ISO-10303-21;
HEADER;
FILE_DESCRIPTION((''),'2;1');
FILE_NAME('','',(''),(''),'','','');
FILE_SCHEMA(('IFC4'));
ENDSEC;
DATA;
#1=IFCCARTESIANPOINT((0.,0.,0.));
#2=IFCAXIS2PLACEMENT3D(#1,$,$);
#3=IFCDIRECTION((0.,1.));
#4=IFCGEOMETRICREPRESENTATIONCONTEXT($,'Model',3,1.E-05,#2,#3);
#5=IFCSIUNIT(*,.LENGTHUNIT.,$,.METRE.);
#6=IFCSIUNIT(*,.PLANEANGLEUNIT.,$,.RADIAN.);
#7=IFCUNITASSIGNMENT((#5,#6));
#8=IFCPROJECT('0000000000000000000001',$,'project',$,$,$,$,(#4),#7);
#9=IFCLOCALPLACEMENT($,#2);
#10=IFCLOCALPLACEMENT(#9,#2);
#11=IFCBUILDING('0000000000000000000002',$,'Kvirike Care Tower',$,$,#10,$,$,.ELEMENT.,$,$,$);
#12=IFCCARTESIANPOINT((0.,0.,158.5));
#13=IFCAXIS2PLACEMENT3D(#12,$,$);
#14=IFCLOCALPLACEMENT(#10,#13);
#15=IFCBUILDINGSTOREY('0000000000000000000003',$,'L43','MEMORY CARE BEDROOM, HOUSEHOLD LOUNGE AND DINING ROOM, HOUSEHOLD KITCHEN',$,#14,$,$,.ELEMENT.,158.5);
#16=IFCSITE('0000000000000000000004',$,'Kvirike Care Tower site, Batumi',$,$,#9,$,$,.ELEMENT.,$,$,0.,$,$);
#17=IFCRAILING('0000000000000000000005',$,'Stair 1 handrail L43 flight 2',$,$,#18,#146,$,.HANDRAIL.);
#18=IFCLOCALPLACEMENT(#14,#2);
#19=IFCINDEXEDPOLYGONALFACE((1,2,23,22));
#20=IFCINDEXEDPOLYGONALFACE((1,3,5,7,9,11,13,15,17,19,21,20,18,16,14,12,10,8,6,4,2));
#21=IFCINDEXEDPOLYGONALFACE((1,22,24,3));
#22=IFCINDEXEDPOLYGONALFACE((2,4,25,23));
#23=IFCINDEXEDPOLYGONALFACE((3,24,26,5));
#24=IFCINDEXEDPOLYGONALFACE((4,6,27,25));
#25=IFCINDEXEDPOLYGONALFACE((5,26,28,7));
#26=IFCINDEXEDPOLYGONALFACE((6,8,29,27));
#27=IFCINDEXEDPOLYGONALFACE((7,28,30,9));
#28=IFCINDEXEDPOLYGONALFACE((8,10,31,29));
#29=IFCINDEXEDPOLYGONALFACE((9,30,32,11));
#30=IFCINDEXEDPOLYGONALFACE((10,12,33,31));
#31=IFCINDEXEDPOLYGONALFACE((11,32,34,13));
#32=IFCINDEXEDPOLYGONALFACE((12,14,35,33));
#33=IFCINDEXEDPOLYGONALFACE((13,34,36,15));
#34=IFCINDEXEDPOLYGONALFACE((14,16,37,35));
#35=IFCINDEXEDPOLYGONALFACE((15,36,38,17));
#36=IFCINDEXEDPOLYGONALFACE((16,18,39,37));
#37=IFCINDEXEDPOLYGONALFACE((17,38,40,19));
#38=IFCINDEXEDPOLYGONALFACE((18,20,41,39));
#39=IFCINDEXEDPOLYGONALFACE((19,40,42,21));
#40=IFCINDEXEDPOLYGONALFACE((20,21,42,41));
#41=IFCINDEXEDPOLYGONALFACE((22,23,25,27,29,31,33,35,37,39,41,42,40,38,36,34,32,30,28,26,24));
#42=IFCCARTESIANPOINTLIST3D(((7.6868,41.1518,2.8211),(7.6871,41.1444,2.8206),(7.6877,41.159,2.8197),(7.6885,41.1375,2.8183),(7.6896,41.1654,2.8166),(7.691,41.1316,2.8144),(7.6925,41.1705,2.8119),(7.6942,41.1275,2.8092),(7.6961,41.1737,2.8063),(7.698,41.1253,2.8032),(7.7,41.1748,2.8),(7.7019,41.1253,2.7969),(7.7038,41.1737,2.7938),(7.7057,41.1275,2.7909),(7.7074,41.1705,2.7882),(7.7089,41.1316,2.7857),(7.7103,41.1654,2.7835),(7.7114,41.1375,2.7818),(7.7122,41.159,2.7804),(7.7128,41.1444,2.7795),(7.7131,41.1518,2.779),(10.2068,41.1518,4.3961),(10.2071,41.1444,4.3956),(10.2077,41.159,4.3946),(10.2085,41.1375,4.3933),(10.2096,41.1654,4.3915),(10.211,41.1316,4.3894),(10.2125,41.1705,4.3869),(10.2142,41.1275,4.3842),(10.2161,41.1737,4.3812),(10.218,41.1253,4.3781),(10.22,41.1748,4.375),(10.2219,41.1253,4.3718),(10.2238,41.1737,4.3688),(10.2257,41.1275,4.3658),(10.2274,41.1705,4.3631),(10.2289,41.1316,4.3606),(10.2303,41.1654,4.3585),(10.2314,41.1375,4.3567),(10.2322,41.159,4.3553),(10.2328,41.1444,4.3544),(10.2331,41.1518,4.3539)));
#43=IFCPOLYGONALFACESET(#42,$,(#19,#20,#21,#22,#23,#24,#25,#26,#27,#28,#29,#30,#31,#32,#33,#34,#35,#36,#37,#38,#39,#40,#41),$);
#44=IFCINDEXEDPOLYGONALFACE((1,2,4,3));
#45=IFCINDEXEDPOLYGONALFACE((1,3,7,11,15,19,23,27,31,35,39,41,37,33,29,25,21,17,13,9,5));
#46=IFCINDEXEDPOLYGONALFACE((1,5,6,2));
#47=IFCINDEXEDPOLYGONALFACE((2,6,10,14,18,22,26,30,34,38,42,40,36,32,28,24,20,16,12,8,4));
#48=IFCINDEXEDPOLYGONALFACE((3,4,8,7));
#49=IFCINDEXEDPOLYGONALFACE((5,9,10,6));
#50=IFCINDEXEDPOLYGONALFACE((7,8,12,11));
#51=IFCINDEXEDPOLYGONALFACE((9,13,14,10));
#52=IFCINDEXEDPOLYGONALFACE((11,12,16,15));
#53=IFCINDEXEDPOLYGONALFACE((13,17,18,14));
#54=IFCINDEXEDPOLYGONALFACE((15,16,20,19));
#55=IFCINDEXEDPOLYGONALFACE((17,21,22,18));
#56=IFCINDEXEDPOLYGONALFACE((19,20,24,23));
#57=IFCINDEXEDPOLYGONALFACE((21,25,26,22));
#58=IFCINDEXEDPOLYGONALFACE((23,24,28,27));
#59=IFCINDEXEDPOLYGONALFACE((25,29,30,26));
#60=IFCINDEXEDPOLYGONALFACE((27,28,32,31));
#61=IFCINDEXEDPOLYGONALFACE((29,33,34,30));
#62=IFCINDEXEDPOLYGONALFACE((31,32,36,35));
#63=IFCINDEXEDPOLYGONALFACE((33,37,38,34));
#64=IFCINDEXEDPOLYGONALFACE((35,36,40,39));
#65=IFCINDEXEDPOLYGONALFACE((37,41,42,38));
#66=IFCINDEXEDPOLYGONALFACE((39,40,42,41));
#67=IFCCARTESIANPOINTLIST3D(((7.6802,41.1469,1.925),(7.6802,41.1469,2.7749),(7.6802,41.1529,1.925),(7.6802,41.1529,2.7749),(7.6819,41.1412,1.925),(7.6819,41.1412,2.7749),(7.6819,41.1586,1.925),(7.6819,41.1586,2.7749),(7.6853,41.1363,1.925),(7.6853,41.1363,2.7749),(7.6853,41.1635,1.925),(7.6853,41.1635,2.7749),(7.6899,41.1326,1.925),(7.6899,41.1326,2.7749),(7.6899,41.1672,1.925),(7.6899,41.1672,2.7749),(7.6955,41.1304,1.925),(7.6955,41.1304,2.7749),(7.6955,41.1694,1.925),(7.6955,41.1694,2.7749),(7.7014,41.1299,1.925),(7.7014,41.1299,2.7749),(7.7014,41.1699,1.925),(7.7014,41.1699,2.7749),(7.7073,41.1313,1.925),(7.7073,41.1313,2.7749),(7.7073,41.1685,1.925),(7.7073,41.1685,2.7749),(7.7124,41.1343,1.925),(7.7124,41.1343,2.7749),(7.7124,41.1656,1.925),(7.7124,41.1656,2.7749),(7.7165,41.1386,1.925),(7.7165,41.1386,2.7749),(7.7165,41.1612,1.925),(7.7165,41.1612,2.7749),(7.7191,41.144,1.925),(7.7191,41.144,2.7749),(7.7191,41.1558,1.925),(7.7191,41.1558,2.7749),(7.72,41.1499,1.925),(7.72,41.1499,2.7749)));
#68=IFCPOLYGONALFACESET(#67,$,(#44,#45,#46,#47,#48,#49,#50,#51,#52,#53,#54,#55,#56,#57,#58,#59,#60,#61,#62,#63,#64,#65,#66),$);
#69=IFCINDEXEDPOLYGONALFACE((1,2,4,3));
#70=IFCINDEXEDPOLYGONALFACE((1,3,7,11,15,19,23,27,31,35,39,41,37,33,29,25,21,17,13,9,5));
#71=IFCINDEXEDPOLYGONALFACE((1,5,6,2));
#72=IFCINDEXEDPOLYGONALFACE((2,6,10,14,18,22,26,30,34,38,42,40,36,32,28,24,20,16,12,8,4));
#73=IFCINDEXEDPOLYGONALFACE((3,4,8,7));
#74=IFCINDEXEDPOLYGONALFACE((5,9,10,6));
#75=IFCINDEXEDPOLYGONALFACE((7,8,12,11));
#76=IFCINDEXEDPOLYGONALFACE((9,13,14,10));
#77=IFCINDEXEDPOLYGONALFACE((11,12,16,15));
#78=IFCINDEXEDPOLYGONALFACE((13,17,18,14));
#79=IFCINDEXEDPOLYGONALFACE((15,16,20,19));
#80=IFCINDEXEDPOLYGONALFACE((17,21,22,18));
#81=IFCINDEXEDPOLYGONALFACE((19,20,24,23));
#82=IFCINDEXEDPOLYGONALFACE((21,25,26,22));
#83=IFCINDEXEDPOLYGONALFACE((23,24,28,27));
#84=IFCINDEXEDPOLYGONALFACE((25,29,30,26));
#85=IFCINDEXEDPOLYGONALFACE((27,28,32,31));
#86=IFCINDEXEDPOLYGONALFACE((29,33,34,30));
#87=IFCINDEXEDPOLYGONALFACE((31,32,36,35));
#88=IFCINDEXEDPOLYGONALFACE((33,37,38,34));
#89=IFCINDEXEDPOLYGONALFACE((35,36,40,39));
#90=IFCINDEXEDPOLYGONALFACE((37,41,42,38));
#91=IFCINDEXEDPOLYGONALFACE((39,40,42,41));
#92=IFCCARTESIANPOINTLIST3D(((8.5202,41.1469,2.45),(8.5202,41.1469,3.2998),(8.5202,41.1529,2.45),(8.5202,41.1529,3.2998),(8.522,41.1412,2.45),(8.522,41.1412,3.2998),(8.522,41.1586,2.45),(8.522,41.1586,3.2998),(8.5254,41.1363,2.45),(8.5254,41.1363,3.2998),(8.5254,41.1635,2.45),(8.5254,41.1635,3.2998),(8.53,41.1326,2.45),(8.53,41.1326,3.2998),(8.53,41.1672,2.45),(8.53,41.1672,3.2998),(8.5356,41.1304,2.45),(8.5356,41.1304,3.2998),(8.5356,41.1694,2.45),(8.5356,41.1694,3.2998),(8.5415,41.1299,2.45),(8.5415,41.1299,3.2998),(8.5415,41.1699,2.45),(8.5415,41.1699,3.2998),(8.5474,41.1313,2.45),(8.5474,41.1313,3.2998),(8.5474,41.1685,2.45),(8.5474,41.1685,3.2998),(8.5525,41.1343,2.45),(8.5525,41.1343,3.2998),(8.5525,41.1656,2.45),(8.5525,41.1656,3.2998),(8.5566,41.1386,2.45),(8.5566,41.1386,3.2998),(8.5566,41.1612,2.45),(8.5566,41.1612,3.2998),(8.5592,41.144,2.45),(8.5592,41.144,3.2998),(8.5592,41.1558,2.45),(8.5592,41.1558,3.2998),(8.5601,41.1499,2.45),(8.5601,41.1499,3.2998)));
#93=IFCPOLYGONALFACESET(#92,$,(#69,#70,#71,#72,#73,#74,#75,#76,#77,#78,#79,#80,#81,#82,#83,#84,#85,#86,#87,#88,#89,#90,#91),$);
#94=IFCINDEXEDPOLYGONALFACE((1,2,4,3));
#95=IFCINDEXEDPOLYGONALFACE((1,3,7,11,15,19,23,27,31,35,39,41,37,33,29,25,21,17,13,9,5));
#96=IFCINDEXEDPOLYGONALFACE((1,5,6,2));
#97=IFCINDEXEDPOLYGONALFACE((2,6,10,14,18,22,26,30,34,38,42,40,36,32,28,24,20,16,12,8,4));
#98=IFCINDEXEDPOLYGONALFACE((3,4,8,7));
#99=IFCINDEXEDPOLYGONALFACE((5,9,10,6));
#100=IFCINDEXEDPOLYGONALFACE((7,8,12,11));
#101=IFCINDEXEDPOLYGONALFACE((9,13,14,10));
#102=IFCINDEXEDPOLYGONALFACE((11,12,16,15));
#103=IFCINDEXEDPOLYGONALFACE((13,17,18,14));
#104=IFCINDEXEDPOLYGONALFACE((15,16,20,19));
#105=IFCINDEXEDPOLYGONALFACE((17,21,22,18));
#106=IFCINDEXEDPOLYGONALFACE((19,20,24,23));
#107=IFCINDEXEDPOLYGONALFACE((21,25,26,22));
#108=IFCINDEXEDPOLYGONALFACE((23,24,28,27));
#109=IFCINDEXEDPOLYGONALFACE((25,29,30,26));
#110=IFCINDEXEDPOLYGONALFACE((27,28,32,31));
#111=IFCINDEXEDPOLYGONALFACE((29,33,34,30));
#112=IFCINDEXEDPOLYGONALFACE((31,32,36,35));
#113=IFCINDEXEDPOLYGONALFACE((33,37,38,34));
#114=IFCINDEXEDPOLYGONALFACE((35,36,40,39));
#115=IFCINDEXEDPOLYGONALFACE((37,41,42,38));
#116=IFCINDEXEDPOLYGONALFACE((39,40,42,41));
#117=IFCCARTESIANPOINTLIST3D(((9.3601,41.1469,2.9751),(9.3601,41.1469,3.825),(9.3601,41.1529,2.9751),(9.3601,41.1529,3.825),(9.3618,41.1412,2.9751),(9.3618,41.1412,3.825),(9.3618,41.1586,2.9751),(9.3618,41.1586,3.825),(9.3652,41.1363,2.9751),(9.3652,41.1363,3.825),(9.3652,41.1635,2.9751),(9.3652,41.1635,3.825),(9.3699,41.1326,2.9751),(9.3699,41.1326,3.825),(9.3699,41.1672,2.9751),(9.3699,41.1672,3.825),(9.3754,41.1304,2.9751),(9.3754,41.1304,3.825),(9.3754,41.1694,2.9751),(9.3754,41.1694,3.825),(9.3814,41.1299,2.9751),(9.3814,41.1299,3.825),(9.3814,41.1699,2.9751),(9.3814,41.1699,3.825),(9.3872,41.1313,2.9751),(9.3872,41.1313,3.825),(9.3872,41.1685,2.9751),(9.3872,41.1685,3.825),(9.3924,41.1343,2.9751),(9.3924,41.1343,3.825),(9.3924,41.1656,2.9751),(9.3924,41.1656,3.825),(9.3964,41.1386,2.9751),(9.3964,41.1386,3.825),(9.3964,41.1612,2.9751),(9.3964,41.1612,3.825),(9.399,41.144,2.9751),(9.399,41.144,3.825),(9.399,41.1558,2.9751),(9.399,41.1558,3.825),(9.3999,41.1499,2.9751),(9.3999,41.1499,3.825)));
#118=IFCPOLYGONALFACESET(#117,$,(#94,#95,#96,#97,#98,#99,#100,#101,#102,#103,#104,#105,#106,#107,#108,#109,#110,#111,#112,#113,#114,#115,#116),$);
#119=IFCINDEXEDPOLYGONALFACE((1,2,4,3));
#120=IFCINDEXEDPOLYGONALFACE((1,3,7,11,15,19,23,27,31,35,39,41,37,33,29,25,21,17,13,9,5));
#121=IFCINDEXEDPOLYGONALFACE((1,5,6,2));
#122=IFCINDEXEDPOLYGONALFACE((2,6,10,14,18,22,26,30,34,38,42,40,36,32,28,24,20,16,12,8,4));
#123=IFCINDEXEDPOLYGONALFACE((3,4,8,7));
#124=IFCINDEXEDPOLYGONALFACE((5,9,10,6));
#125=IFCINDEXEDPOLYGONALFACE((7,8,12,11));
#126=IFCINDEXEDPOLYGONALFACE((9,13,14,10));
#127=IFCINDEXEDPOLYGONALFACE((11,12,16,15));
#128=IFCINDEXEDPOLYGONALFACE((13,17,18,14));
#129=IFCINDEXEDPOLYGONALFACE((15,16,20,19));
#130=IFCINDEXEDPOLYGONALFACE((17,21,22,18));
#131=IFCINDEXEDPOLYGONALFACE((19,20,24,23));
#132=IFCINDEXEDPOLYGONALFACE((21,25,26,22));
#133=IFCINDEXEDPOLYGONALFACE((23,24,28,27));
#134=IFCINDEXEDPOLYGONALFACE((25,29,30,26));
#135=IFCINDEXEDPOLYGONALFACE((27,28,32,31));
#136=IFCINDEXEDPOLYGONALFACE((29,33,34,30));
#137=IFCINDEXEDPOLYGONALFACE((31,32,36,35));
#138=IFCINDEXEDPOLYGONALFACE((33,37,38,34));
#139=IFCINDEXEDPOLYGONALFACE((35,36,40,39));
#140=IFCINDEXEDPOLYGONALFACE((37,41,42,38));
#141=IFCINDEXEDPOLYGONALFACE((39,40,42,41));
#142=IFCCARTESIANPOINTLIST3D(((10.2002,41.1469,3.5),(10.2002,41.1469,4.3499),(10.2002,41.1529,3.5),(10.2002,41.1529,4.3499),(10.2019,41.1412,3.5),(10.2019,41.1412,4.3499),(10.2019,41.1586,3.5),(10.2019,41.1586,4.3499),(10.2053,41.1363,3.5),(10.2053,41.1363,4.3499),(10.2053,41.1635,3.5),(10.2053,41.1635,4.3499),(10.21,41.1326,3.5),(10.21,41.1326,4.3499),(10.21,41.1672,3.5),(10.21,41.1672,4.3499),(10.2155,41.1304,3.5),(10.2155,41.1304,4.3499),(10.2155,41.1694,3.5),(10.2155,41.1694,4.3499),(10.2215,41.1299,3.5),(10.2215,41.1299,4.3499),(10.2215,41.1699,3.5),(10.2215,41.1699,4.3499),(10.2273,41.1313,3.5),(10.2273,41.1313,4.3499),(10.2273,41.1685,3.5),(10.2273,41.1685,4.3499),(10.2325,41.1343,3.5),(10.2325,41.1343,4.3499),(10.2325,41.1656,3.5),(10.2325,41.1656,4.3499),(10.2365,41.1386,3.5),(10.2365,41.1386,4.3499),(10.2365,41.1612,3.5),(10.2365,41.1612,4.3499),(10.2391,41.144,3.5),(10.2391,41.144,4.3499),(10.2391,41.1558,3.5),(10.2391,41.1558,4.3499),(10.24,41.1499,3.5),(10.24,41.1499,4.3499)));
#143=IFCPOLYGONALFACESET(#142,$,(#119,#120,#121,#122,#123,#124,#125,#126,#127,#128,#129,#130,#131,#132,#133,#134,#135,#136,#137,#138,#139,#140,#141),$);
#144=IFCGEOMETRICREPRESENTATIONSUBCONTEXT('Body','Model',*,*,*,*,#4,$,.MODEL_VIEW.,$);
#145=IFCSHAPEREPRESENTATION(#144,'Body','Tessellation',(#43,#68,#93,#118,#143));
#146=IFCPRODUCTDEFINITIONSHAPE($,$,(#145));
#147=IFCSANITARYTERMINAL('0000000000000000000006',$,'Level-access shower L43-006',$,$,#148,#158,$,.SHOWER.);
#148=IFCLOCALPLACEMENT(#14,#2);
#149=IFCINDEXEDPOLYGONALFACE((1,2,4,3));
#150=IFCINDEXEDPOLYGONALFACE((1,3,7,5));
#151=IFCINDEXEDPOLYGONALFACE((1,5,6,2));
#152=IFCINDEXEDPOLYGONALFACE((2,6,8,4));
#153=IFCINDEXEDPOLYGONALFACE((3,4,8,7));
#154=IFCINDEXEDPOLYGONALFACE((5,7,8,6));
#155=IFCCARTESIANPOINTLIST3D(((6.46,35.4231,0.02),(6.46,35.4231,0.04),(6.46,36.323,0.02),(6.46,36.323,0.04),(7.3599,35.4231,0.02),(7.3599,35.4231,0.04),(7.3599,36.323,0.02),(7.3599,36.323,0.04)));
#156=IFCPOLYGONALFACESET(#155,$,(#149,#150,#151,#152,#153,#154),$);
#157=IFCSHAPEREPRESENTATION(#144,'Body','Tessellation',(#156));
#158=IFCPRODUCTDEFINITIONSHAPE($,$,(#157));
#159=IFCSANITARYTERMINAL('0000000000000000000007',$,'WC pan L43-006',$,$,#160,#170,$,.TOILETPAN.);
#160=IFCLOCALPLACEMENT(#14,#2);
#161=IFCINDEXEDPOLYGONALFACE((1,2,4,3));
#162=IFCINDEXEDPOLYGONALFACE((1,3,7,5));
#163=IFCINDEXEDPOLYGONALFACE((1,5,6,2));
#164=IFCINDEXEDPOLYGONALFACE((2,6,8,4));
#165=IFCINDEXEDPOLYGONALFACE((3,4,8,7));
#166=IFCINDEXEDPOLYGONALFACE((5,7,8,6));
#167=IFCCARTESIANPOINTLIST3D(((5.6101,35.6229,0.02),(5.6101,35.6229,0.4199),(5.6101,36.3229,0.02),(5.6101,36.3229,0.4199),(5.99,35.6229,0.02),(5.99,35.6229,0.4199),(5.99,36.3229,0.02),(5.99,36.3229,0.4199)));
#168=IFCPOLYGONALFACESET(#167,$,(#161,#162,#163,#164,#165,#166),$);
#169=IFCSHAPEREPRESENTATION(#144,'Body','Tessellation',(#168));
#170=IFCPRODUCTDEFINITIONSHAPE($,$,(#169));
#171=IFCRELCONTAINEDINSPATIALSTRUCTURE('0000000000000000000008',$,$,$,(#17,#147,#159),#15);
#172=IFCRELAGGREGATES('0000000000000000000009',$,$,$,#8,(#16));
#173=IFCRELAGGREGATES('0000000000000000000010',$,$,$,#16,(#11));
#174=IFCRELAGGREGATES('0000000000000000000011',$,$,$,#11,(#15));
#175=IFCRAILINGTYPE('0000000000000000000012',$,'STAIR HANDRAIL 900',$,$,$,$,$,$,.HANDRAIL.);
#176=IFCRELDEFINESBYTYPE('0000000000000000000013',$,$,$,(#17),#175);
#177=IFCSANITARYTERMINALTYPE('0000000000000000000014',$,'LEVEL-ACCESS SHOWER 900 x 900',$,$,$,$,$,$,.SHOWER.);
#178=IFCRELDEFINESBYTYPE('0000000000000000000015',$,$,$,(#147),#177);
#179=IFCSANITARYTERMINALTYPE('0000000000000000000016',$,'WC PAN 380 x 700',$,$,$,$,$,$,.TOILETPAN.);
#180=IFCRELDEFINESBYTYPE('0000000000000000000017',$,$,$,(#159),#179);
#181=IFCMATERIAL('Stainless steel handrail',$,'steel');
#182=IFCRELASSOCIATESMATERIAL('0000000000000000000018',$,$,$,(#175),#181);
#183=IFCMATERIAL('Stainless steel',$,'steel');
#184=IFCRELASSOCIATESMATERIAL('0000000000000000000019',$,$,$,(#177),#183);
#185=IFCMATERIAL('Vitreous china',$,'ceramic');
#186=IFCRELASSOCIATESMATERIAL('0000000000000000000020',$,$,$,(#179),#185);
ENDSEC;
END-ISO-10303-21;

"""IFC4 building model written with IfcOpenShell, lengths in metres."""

from ifc_helpers import new_model, si_unit, direction, frame, origin, origin_2d, place, context, subcontext, project, spatial, rectangle, circle, extrude, material, type_object, element, save


model = new_model("IFC4")

# Units and contexts
model_context = context("Model", 3, precision=1e-05, world=origin(), true_north=direction((0.0, 1.0)))
body_context = subcontext(model_context, "Body", "Model", "MODEL_VIEW")
ifc_project = project(units=[si_unit("LENGTHUNIT", "METRE"), si_unit("PLANEANGLEUNIT", "RADIAN")], contexts=[model_context])

# Site, building, storey
site_placement = place(None, origin())
site = spatial("IfcSite", under=ifc_project, at=site_placement, Name="Kvirike Care Tower site, Batumi", CompositionType="ELEMENT", RefElevation=0.0)
building_placement = place(site_placement, origin())
building = spatial("IfcBuilding", under=site, at=building_placement, Name="Kvirike Care Tower", CompositionType="ELEMENT")
storey_placement = place(building_placement, frame((0.0, 0.0, 158.5)))
storey = spatial("IfcBuildingStorey", under=building, at=storey_placement, Name="L43", Description="MEMORY CARE BEDROOM, HOUSEHOLD LOUNGE AND DINING ROOM, HOUSEHOLD KITCHEN", CompositionType="ELEMENT", Elevation=158.5)

# Railing
ifc_material_1 = material(Name="Stainless steel handrail", Category="steel")
railing_type = type_object("IfcRailingType", Name="STAIR HANDRAIL 900", PredefinedType="HANDRAIL", material=ifc_material_1)
railing_placement = place(storey_placement, frame((7.7, 41.1499, 1.925)))
element("IfcRailing", 1, at=railing_placement, inside=storey, type_object=railing_type, Name="Stair 1 handrail L43 flight 2", PredefinedType="HANDRAIL", context=body_context, shape_type="SweptSolid", body=[
    extrude(circle(Radius=0.0249, at=origin_2d()), frame((0.0, 0.0, 0.875), z_axis=(0.848008, 0.0, 0.529984), x_axis=(0.0, 1.0, 0.0)), (0.0, 0.0, 1.0), 2.9717),
    extrude(circle(Radius=0.02, at=origin_2d()), origin(), (0.0, 0.0, 1.0), 0.8499),
    extrude(circle(Radius=0.02, at=origin_2d()), frame((0.8401, 0.0, 0.5249)), (0.0, 0.0, 1.0), 0.8499),
    extrude(circle(Radius=0.02, at=origin_2d()), frame((1.6799, 0.0, 1.05)), (0.0, 0.0, 1.0), 0.8499),
    extrude(circle(Radius=0.02, at=origin_2d()), frame((2.52, 0.0, 1.575)), (0.0, 0.0, 1.0), 0.8499),
])

# Sanitary terminals
ifc_material_2 = material(Name="Stainless steel", Category="steel")
sanitary_terminal_type_1 = type_object("IfcSanitaryTerminalType", Name="LEVEL-ACCESS SHOWER 900 x 900", PredefinedType="SHOWER", material=ifc_material_2)
sanitary_terminal_1_placement = place(storey_placement, frame((6.9099, 35.873, 0.02), z_axis=(0.0, 0.0, 1.0), x_axis=(1.0, 0.0, 0.0)))
element("IfcSanitaryTerminal", 2, at=sanitary_terminal_1_placement, inside=storey, type_object=sanitary_terminal_type_1, Name="Level-access shower L43-006", PredefinedType="SHOWER", context=body_context, shape_type="SweptSolid", body=[
    extrude(rectangle(XDim=0.8999, YDim=0.8999, at=origin_2d()), origin(), (0.0, 0.0, 1.0), 0.02),
])
ifc_material_3 = material(Name="Vitreous china", Category="ceramic")
sanitary_terminal_type_2 = type_object("IfcSanitaryTerminalType", Name="WC PAN 380 x 700", PredefinedType="TOILETPAN", material=ifc_material_3)
sanitary_terminal_2_placement = place(storey_placement, frame((5.8, 35.9729, 0.02), z_axis=(0.0, 0.0, 1.0), x_axis=(1.0, 0.0, 0.0)))
element("IfcSanitaryTerminal", 3, at=sanitary_terminal_2_placement, inside=storey, type_object=sanitary_terminal_type_2, Name="WC pan L43-006", PredefinedType="TOILETPAN", context=body_context, shape_type="SweptSolid", body=[
    extrude(rectangle(XDim=0.3799, YDim=0.7, at=origin_2d()), origin(), (0.0, 0.0, 1.0), 0.3999),
])

save(model, "model.ifc")
